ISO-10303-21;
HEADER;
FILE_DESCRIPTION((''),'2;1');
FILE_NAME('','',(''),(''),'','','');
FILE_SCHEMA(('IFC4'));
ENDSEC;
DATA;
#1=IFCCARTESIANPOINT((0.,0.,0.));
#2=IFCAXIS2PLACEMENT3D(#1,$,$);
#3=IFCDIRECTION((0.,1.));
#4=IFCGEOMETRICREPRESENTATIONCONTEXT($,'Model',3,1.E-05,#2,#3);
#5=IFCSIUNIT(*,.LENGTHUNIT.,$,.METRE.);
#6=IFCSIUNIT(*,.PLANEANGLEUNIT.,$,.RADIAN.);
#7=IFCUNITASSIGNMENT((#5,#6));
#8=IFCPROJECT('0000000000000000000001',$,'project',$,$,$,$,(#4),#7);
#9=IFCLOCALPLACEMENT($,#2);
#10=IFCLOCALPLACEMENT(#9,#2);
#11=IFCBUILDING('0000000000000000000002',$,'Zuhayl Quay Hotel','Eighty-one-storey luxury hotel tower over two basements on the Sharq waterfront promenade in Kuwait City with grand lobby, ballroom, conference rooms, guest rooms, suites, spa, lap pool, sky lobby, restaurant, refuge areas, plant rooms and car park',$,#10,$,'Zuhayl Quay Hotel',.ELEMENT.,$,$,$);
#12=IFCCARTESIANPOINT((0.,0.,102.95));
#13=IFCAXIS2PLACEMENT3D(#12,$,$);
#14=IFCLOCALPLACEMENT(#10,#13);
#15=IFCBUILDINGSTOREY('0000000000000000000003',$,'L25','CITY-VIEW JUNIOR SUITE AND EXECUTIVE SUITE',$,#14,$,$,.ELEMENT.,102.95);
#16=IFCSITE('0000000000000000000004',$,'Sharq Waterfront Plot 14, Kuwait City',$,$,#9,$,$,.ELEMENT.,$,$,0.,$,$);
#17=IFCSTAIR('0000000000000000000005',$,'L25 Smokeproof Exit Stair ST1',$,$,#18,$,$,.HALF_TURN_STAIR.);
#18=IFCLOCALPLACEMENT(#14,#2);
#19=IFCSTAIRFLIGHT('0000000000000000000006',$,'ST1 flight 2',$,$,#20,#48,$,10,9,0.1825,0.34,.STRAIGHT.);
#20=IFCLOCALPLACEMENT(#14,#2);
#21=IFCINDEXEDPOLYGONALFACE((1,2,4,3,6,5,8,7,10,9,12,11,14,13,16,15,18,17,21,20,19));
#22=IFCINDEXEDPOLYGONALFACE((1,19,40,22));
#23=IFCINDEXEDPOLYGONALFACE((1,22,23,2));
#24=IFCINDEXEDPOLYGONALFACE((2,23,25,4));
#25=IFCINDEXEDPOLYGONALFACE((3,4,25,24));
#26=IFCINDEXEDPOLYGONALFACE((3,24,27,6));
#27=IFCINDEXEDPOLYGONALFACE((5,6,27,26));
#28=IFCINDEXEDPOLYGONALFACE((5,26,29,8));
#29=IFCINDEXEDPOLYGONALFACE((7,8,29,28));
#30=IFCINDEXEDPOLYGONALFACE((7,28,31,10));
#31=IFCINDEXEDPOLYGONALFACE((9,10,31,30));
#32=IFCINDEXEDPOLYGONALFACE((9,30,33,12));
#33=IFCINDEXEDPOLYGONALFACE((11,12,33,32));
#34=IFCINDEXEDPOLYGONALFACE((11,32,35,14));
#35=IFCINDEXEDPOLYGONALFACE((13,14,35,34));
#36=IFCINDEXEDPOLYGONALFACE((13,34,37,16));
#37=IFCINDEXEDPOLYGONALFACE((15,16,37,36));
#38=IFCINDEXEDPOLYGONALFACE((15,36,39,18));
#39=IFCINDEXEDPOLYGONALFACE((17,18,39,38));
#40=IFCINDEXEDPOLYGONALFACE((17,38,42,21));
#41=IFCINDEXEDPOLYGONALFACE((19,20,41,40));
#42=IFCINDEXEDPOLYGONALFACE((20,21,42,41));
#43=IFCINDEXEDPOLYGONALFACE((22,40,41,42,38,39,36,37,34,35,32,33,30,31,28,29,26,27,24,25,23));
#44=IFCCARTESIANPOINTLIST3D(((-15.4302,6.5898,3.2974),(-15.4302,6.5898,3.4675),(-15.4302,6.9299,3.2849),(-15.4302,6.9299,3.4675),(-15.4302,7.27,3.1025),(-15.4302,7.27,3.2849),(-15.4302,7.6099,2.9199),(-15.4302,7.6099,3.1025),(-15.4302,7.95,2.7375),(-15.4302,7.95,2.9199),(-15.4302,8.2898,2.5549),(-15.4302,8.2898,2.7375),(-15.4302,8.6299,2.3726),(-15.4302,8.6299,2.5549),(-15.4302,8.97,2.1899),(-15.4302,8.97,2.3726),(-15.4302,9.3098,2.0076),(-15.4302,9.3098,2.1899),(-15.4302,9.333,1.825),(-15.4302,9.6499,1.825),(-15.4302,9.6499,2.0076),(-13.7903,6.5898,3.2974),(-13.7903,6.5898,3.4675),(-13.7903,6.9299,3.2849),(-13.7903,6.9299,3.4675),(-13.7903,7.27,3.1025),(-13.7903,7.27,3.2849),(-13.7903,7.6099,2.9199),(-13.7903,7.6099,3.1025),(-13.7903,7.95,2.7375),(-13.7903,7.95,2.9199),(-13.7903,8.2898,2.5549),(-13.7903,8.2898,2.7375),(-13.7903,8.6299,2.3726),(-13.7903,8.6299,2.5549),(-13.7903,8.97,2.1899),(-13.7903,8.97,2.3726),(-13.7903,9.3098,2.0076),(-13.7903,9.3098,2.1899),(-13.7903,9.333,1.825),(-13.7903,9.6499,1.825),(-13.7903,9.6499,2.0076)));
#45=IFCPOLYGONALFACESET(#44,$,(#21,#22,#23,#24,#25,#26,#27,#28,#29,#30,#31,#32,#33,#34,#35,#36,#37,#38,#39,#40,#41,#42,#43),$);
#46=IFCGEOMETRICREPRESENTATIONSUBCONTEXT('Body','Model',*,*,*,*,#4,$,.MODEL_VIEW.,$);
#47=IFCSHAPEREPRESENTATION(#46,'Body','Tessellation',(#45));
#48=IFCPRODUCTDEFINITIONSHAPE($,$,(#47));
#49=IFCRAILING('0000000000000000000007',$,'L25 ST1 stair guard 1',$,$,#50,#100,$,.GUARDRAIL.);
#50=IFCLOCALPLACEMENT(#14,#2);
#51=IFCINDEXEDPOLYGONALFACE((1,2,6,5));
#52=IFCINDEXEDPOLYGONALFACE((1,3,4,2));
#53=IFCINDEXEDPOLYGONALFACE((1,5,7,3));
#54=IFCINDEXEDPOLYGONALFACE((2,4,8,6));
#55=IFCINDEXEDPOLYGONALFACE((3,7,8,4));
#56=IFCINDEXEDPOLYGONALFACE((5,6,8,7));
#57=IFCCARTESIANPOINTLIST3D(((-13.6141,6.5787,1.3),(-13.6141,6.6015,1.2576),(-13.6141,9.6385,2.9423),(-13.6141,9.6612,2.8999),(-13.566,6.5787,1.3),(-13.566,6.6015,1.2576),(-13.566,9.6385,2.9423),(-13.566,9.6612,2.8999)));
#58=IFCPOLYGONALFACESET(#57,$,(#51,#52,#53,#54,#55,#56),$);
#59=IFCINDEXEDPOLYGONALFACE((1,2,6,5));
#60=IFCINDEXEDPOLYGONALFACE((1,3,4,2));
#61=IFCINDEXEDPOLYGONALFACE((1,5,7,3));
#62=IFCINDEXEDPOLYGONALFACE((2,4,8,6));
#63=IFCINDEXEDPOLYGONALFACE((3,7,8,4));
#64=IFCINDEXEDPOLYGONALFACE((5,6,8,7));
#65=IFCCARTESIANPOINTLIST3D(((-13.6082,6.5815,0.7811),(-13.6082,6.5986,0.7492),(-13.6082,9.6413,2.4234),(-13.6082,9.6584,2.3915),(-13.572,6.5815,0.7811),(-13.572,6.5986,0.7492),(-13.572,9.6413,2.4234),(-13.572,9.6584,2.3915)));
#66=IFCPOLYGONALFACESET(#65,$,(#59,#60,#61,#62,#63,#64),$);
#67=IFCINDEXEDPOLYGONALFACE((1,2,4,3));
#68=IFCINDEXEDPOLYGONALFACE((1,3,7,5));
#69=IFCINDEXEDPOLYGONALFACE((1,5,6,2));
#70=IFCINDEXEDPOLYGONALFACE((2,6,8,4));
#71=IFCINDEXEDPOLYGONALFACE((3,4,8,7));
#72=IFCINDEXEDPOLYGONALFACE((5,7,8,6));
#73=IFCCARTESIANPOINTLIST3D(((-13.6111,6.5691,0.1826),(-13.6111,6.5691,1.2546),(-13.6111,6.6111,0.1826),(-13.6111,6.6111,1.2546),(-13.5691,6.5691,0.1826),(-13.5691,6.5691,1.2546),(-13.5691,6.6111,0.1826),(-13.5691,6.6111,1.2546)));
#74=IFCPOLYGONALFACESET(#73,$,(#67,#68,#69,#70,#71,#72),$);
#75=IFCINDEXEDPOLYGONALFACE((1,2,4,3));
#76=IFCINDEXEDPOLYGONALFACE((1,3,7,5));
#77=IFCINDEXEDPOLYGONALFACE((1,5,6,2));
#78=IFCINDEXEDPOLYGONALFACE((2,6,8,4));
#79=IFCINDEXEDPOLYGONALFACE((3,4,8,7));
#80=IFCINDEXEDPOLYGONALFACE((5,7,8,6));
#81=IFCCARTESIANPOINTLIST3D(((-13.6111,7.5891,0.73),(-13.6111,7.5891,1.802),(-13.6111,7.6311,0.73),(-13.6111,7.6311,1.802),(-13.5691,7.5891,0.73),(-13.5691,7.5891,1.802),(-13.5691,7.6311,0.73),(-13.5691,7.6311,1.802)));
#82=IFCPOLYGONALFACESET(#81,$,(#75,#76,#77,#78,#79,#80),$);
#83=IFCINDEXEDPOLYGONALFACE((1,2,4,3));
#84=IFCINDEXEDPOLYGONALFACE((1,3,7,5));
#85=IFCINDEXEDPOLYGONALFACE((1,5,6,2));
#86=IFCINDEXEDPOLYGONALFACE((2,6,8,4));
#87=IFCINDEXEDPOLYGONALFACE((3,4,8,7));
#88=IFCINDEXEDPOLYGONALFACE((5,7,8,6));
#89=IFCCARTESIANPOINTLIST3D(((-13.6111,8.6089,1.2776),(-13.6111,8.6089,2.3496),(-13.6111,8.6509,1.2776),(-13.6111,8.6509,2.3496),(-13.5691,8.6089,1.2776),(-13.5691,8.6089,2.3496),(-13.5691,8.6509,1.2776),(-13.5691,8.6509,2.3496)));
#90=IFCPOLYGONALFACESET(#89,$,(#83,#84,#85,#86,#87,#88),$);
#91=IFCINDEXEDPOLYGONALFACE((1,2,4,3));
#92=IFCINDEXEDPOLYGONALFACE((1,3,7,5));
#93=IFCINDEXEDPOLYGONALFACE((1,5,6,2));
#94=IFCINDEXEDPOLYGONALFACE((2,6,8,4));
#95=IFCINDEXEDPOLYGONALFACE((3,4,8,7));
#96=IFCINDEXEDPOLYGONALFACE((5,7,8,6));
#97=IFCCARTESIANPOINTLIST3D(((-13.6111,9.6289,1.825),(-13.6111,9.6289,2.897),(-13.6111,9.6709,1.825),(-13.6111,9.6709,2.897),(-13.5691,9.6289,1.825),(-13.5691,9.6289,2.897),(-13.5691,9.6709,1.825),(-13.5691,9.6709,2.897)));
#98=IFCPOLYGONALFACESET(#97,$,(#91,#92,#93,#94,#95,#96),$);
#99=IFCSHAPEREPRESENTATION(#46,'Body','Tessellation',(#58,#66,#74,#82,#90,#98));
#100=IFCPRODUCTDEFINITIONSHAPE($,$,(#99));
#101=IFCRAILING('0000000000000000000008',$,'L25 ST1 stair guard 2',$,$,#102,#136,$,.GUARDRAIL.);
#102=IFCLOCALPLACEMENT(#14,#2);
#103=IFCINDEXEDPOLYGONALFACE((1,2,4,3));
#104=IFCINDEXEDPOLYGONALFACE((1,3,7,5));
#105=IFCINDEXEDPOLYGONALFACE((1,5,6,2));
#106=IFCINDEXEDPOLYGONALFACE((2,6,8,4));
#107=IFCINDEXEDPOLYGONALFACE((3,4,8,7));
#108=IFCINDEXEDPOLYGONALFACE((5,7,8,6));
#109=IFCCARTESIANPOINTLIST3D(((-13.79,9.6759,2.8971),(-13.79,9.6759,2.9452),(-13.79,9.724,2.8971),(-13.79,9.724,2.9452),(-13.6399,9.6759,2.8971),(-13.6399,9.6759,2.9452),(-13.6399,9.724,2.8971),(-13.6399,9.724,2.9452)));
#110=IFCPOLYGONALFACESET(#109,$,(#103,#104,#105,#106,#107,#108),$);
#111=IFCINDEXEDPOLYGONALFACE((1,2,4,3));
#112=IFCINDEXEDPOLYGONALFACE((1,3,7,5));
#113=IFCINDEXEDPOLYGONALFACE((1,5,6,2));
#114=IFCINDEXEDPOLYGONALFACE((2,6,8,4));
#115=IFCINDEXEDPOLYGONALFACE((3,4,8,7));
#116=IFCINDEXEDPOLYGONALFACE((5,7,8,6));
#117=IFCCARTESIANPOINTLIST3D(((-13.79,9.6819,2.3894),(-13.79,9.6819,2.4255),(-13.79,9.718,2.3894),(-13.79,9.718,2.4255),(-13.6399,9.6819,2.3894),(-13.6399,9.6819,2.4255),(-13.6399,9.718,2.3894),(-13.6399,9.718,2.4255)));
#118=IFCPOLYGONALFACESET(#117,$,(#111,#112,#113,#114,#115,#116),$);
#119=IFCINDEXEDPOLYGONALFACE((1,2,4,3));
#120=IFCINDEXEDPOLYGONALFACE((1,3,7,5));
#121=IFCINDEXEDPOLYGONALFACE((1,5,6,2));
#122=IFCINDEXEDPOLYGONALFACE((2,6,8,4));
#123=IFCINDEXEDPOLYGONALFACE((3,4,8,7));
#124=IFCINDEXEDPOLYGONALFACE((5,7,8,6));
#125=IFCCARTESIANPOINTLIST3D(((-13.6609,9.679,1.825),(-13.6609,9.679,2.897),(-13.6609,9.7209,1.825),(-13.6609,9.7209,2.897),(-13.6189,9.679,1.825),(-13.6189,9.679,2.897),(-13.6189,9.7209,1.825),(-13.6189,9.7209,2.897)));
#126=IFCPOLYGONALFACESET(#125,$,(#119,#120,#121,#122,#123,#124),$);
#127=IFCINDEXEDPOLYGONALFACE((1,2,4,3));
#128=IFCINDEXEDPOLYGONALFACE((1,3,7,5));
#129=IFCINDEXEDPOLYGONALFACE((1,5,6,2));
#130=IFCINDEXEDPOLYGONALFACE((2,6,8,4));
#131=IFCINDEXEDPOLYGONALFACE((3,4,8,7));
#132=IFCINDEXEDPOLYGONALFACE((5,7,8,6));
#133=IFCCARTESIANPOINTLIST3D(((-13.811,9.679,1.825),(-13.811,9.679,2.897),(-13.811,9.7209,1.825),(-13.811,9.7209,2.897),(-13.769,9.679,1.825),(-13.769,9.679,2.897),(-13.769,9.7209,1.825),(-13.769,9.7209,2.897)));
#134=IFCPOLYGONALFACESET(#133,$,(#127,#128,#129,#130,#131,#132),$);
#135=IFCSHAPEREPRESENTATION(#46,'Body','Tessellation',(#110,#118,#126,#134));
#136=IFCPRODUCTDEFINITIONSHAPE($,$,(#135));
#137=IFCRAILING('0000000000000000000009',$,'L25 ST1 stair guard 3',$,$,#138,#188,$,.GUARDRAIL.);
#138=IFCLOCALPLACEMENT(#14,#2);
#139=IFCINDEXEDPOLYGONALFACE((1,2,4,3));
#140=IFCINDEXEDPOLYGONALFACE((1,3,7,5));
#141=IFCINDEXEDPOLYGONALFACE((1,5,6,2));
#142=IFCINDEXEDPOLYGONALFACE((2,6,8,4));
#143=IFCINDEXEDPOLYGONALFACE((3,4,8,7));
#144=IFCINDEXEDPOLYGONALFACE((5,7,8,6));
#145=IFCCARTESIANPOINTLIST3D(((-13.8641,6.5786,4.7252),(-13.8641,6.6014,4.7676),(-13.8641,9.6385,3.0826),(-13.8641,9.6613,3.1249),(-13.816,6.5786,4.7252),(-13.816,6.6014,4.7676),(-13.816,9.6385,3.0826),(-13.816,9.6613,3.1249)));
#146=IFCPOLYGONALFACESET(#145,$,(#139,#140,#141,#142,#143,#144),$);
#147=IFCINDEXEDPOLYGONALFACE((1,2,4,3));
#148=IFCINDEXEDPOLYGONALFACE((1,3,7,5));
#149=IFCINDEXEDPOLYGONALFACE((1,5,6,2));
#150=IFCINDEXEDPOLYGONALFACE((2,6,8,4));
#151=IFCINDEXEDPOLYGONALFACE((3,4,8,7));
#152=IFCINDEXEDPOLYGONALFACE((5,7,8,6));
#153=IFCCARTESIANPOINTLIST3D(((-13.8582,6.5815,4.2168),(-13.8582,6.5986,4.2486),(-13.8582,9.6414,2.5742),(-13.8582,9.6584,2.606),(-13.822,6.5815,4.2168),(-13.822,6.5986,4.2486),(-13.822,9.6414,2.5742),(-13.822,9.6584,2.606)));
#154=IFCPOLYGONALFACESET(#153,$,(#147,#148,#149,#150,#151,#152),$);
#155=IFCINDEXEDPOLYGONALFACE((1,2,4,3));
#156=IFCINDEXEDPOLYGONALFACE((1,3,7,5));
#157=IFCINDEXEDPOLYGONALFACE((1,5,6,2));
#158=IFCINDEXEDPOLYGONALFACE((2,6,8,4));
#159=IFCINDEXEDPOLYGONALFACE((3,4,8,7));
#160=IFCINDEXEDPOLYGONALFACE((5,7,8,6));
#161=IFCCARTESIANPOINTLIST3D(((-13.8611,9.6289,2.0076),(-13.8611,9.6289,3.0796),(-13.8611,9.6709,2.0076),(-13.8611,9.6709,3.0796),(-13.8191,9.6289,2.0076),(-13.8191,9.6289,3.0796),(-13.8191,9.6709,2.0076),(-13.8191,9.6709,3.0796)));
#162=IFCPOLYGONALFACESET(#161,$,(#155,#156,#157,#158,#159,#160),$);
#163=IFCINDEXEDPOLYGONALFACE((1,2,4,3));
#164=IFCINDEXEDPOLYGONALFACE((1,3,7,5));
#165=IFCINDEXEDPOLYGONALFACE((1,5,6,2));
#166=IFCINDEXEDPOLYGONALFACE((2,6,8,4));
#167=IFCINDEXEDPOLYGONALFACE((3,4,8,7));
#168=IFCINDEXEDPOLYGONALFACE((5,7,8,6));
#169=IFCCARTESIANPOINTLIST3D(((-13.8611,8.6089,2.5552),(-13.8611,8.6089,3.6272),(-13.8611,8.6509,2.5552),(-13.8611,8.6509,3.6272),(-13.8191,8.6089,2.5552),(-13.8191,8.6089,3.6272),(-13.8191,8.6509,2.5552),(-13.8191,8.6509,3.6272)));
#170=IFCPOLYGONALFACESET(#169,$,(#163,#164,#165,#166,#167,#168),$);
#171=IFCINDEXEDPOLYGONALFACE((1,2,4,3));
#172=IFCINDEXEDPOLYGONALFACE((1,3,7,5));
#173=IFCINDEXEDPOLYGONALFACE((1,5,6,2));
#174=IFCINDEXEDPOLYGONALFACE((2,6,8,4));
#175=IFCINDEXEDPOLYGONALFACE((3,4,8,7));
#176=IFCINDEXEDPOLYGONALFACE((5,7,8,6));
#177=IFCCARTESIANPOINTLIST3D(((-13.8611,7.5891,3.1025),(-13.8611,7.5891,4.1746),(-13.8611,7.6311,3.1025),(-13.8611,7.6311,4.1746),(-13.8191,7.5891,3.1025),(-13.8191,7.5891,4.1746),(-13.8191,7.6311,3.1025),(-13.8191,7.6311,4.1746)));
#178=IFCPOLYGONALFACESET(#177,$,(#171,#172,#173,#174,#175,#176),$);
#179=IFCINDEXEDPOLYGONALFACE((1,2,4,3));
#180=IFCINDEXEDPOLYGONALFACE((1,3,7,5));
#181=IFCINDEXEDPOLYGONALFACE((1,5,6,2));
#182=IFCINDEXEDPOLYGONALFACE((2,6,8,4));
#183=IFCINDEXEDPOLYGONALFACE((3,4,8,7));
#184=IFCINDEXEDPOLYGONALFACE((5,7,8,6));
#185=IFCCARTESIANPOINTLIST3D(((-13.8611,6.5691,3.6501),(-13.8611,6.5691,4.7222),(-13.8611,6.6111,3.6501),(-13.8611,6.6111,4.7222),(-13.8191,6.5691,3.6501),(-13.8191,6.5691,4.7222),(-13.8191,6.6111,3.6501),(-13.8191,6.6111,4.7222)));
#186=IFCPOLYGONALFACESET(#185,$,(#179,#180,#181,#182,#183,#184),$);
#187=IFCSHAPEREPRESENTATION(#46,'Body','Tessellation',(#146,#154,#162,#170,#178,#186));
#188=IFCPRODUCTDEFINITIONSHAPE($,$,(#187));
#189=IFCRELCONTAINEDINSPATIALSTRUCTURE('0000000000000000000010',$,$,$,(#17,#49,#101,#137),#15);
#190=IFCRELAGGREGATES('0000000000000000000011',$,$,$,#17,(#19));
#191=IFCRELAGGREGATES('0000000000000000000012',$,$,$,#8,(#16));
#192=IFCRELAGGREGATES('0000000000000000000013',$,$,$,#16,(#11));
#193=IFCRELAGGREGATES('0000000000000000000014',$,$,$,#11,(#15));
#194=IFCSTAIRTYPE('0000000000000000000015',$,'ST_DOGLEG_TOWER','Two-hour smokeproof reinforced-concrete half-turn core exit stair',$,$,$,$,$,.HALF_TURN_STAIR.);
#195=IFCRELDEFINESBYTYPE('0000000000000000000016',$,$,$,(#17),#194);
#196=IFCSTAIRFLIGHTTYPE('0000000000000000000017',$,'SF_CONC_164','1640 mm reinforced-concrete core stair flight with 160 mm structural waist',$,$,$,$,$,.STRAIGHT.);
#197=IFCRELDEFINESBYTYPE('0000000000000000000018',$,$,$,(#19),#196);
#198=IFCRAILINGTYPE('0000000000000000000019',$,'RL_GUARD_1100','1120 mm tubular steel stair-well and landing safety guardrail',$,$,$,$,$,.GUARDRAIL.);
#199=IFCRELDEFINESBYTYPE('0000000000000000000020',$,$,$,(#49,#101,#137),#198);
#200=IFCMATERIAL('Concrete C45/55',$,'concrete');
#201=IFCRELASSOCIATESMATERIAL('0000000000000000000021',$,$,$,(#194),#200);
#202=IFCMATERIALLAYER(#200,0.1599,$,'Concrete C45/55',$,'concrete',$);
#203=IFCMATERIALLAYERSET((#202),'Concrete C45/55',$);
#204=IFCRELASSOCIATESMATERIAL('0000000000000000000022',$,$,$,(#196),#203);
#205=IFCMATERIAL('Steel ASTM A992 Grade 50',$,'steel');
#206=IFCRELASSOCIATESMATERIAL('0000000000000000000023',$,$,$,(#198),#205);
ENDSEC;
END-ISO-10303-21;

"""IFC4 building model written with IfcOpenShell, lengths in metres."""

from ifc_helpers import new_model, si_unit, direction, frame, origin, origin_2d, place, context, subcontext, project, spatial, polyline, rectangle, outline, extrude, material, layer, layer_set, type_object, element, aggregate, save


model = new_model("IFC4")

# Units and contexts
model_context = context("Model", 3, precision=1e-05, world=origin(), true_north=direction((0.0, 1.0)))
body_context = subcontext(model_context, "Body", "Model", "MODEL_VIEW")
ifc_project = project(units=[si_unit("LENGTHUNIT", "METRE"), si_unit("PLANEANGLEUNIT", "RADIAN")], contexts=[model_context])

# Site, building, storey
site_placement = place(None, origin())
site = spatial("IfcSite", under=ifc_project, at=site_placement, Name="Sharq Waterfront Plot 14, Kuwait City", CompositionType="ELEMENT", RefElevation=0.0)
building_placement = place(site_placement, origin())
building = spatial("IfcBuilding", under=site, at=building_placement, Name="Zuhayl Quay Hotel", Description="Eighty-one-storey luxury hotel tower over two basements on the Sharq waterfront promenade in Kuwait City with grand lobby, ballroom, conference rooms, guest rooms, suites, spa, lap pool, sky lobby, restaurant, refuge areas, plant rooms and car park", LongName="Zuhayl Quay Hotel", CompositionType="ELEMENT")
storey_placement = place(building_placement, frame((0.0, 0.0, 102.95)))
storey = spatial("IfcBuildingStorey", under=building, at=storey_placement, Name="L25", Description="CITY-VIEW JUNIOR SUITE AND EXECUTIVE SUITE", CompositionType="ELEMENT", Elevation=102.95)

# Shared definitions
ifc_material_1 = material(Name="Steel ASTM A992 Grade 50", Category="steel")

# Stair, stair flight
ifc_material_2 = material(Name="Concrete C45/55", Category="concrete")
stair_type = type_object("IfcStairType", Name="ST_DOGLEG_TOWER", Description="Two-hour smokeproof reinforced-concrete half-turn core exit stair", PredefinedType="HALF_TURN_STAIR", material=ifc_material_2)
stair_placement = place(storey_placement, origin())
stair = element("IfcStair", 1, at=stair_placement, inside=storey, type_object=stair_type, Name="L25 Smokeproof Exit Stair ST1", PredefinedType="HALF_TURN_STAIR")
ifc_layer_1 = layer(ifc_material_2, 0.1599, Name="Concrete C45/55", Category="concrete")
ifc_layer_set_1 = layer_set([ifc_layer_1], Name="Concrete C45/55")
stair_flight_type = type_object("IfcStairFlightType", Name="SF_CONC_164", Description="1640 mm reinforced-concrete core stair flight with 160 mm structural waist", PredefinedType="STRAIGHT", material=ifc_layer_set_1)
stair_flight_1_placement = place(storey_placement, frame((-14.6101, 9.6499, 1.825), z_axis=(0.0, 0.0, 1.0), x_axis=(0.0, -1.0, 0.0)))
stair_flight_1 = element("IfcStairFlight", 2, at=stair_flight_1_placement, type_object=stair_flight_type, Name="ST1 flight 2", NumberOfRisers=10, NumberOfTreads=9, PredefinedType="STRAIGHT", RiserHeight=0.1825, TreadLength=0.34, context=body_context, shape_type="SweptSolid", body=[
    extrude(outline(polyline([(0.0, 0.0), (0.0, 0.1826), (0.3401, 0.1826), (0.3401, 0.365), (0.6799, 0.365), (0.6799, 0.5476), (1.02, 0.5476), (1.02, 0.73), (1.3601, 0.73), (1.3601, 0.9126), (1.7, 0.9126), (1.7, 1.095), (2.04, 1.095), (2.04, 1.2776), (2.3799, 1.2776), (2.3799, 1.46), (2.72, 1.46), (2.72, 1.6426), (3.0601, 1.6426), (3.0601, 1.825), (3.0601, 1.4724), (0.3169, 0.0), (0.0, 0.0)])), frame((0.0, 0.8198, 0.0), z_axis=(0.0, -1.0, 0.0), x_axis=(1.0, 0.0, 0.0)), (0.0, 0.0, 1.0), 1.6399),
])
aggregate(stair, [stair_flight_1])

# Railings
railing_type_1 = type_object("IfcRailingType", Name="RL_GUARD_1100", Description="1120 mm tubular steel stair-well and landing safety guardrail", PredefinedType="GUARDRAIL", material=ifc_material_1)
railing_1_placement = place(storey_placement, frame((-13.5901, 6.5901, 0.1826)))
element("IfcRailing", 3, at=railing_1_placement, inside=storey, type_object=railing_type_1, Name="L25 ST1 stair guard 1", PredefinedType="GUARDRAIL", context=body_context, shape_type="SweptSolid", body=[
    extrude(rectangle(XDim=0.0481, YDim=0.0481, at=origin_2d()), frame((0.0, 0.0, 1.0962), z_axis=(0.0, 0.881102, 0.472926), x_axis=(-1.0, 0.0, 0.0)), (0.0, 0.0, 1.0), 3.4727),
    extrude(rectangle(XDim=0.0361, YDim=0.0361, at=origin_2d()), frame((0.0, 0.0, 0.5825), z_axis=(0.0, 0.881102, 0.472926), x_axis=(-1.0, 0.0, 0.0)), (0.0, 0.0, 1.0), 3.4727),
    extrude(rectangle(XDim=0.042, YDim=0.042, at=origin_2d()), origin(), (0.0, 0.0, 1.0), 1.072),
    extrude(rectangle(XDim=0.042, YDim=0.042, at=origin_2d()), frame((0.0, 1.02, 0.5474)), (0.0, 0.0, 1.0), 1.072),
    extrude(rectangle(XDim=0.042, YDim=0.042, at=origin_2d()), frame((0.0, 2.0398, 1.095)), (0.0, 0.0, 1.0), 1.072),
    extrude(rectangle(XDim=0.042, YDim=0.042, at=origin_2d()), frame((0.0, 3.0598, 1.6423)), (0.0, 0.0, 1.0), 1.072),
])
railing_2_placement = place(storey_placement, frame((-13.6399, 9.7, 1.825)))
element("IfcRailing", 4, at=railing_2_placement, inside=storey, type_object=railing_type_1, Name="L25 ST1 stair guard 2", PredefinedType="GUARDRAIL", context=body_context, shape_type="SweptSolid", body=[
    extrude(rectangle(XDim=0.0481, YDim=0.0481, at=origin_2d()), frame((0.0, 0.0, 1.0962), z_axis=(-1.0, 0.0, 0.0), x_axis=(0.0, -1.0, 0.0)), (0.0, 0.0, 1.0), 0.1501),
    extrude(rectangle(XDim=0.0361, YDim=0.0361, at=origin_2d()), frame((0.0, 0.0, 0.5825), z_axis=(-1.0, 0.0, 0.0), x_axis=(0.0, -1.0, 0.0)), (0.0, 0.0, 1.0), 0.1501),
    extrude(rectangle(XDim=0.042, YDim=0.042, at=origin_2d()), origin(), (0.0, 0.0, 1.0), 1.072),
    extrude(rectangle(XDim=0.042, YDim=0.042, at=origin_2d()), frame((-0.1501, 0.0, 0.0)), (0.0, 0.0, 1.0), 1.072),
])
railing_3_placement = place(storey_placement, frame((-13.8401, 9.6499, 2.0076)))
element("IfcRailing", 5, at=railing_3_placement, inside=storey, type_object=railing_type_1, Name="L25 ST1 stair guard 3", PredefinedType="GUARDRAIL", context=body_context, shape_type="SweptSolid", body=[
    extrude(rectangle(XDim=0.0481, YDim=0.0481, at=origin_2d()), frame((0.0, 0.0, 1.0962), z_axis=(0.0, -0.881073, 0.47298), x_axis=(1.0, 0.0, 0.0)), (0.0, 0.0, 1.0), 3.4729),
    extrude(rectangle(XDim=0.0361, YDim=0.0361, at=origin_2d()), frame((0.0, 0.0, 0.5825), z_axis=(0.0, -0.881073, 0.47298), x_axis=(1.0, 0.0, 0.0)), (0.0, 0.0, 1.0), 3.4729),
    extrude(rectangle(XDim=0.042, YDim=0.042, at=origin_2d()), origin(), (0.0, 0.0, 1.0), 1.072),
    extrude(rectangle(XDim=0.042, YDim=0.042, at=origin_2d()), frame((0.0, -1.02, 0.5476)), (0.0, 0.0, 1.0), 1.072),
    extrude(rectangle(XDim=0.042, YDim=0.042, at=origin_2d()), frame((0.0, -2.0398, 1.095)), (0.0, 0.0, 1.0), 1.072),
    extrude(rectangle(XDim=0.042, YDim=0.042, at=origin_2d()), frame((0.0, -3.0598, 1.6426)), (0.0, 0.0, 1.0), 1.072),
])

save(model, "model.ifc")
